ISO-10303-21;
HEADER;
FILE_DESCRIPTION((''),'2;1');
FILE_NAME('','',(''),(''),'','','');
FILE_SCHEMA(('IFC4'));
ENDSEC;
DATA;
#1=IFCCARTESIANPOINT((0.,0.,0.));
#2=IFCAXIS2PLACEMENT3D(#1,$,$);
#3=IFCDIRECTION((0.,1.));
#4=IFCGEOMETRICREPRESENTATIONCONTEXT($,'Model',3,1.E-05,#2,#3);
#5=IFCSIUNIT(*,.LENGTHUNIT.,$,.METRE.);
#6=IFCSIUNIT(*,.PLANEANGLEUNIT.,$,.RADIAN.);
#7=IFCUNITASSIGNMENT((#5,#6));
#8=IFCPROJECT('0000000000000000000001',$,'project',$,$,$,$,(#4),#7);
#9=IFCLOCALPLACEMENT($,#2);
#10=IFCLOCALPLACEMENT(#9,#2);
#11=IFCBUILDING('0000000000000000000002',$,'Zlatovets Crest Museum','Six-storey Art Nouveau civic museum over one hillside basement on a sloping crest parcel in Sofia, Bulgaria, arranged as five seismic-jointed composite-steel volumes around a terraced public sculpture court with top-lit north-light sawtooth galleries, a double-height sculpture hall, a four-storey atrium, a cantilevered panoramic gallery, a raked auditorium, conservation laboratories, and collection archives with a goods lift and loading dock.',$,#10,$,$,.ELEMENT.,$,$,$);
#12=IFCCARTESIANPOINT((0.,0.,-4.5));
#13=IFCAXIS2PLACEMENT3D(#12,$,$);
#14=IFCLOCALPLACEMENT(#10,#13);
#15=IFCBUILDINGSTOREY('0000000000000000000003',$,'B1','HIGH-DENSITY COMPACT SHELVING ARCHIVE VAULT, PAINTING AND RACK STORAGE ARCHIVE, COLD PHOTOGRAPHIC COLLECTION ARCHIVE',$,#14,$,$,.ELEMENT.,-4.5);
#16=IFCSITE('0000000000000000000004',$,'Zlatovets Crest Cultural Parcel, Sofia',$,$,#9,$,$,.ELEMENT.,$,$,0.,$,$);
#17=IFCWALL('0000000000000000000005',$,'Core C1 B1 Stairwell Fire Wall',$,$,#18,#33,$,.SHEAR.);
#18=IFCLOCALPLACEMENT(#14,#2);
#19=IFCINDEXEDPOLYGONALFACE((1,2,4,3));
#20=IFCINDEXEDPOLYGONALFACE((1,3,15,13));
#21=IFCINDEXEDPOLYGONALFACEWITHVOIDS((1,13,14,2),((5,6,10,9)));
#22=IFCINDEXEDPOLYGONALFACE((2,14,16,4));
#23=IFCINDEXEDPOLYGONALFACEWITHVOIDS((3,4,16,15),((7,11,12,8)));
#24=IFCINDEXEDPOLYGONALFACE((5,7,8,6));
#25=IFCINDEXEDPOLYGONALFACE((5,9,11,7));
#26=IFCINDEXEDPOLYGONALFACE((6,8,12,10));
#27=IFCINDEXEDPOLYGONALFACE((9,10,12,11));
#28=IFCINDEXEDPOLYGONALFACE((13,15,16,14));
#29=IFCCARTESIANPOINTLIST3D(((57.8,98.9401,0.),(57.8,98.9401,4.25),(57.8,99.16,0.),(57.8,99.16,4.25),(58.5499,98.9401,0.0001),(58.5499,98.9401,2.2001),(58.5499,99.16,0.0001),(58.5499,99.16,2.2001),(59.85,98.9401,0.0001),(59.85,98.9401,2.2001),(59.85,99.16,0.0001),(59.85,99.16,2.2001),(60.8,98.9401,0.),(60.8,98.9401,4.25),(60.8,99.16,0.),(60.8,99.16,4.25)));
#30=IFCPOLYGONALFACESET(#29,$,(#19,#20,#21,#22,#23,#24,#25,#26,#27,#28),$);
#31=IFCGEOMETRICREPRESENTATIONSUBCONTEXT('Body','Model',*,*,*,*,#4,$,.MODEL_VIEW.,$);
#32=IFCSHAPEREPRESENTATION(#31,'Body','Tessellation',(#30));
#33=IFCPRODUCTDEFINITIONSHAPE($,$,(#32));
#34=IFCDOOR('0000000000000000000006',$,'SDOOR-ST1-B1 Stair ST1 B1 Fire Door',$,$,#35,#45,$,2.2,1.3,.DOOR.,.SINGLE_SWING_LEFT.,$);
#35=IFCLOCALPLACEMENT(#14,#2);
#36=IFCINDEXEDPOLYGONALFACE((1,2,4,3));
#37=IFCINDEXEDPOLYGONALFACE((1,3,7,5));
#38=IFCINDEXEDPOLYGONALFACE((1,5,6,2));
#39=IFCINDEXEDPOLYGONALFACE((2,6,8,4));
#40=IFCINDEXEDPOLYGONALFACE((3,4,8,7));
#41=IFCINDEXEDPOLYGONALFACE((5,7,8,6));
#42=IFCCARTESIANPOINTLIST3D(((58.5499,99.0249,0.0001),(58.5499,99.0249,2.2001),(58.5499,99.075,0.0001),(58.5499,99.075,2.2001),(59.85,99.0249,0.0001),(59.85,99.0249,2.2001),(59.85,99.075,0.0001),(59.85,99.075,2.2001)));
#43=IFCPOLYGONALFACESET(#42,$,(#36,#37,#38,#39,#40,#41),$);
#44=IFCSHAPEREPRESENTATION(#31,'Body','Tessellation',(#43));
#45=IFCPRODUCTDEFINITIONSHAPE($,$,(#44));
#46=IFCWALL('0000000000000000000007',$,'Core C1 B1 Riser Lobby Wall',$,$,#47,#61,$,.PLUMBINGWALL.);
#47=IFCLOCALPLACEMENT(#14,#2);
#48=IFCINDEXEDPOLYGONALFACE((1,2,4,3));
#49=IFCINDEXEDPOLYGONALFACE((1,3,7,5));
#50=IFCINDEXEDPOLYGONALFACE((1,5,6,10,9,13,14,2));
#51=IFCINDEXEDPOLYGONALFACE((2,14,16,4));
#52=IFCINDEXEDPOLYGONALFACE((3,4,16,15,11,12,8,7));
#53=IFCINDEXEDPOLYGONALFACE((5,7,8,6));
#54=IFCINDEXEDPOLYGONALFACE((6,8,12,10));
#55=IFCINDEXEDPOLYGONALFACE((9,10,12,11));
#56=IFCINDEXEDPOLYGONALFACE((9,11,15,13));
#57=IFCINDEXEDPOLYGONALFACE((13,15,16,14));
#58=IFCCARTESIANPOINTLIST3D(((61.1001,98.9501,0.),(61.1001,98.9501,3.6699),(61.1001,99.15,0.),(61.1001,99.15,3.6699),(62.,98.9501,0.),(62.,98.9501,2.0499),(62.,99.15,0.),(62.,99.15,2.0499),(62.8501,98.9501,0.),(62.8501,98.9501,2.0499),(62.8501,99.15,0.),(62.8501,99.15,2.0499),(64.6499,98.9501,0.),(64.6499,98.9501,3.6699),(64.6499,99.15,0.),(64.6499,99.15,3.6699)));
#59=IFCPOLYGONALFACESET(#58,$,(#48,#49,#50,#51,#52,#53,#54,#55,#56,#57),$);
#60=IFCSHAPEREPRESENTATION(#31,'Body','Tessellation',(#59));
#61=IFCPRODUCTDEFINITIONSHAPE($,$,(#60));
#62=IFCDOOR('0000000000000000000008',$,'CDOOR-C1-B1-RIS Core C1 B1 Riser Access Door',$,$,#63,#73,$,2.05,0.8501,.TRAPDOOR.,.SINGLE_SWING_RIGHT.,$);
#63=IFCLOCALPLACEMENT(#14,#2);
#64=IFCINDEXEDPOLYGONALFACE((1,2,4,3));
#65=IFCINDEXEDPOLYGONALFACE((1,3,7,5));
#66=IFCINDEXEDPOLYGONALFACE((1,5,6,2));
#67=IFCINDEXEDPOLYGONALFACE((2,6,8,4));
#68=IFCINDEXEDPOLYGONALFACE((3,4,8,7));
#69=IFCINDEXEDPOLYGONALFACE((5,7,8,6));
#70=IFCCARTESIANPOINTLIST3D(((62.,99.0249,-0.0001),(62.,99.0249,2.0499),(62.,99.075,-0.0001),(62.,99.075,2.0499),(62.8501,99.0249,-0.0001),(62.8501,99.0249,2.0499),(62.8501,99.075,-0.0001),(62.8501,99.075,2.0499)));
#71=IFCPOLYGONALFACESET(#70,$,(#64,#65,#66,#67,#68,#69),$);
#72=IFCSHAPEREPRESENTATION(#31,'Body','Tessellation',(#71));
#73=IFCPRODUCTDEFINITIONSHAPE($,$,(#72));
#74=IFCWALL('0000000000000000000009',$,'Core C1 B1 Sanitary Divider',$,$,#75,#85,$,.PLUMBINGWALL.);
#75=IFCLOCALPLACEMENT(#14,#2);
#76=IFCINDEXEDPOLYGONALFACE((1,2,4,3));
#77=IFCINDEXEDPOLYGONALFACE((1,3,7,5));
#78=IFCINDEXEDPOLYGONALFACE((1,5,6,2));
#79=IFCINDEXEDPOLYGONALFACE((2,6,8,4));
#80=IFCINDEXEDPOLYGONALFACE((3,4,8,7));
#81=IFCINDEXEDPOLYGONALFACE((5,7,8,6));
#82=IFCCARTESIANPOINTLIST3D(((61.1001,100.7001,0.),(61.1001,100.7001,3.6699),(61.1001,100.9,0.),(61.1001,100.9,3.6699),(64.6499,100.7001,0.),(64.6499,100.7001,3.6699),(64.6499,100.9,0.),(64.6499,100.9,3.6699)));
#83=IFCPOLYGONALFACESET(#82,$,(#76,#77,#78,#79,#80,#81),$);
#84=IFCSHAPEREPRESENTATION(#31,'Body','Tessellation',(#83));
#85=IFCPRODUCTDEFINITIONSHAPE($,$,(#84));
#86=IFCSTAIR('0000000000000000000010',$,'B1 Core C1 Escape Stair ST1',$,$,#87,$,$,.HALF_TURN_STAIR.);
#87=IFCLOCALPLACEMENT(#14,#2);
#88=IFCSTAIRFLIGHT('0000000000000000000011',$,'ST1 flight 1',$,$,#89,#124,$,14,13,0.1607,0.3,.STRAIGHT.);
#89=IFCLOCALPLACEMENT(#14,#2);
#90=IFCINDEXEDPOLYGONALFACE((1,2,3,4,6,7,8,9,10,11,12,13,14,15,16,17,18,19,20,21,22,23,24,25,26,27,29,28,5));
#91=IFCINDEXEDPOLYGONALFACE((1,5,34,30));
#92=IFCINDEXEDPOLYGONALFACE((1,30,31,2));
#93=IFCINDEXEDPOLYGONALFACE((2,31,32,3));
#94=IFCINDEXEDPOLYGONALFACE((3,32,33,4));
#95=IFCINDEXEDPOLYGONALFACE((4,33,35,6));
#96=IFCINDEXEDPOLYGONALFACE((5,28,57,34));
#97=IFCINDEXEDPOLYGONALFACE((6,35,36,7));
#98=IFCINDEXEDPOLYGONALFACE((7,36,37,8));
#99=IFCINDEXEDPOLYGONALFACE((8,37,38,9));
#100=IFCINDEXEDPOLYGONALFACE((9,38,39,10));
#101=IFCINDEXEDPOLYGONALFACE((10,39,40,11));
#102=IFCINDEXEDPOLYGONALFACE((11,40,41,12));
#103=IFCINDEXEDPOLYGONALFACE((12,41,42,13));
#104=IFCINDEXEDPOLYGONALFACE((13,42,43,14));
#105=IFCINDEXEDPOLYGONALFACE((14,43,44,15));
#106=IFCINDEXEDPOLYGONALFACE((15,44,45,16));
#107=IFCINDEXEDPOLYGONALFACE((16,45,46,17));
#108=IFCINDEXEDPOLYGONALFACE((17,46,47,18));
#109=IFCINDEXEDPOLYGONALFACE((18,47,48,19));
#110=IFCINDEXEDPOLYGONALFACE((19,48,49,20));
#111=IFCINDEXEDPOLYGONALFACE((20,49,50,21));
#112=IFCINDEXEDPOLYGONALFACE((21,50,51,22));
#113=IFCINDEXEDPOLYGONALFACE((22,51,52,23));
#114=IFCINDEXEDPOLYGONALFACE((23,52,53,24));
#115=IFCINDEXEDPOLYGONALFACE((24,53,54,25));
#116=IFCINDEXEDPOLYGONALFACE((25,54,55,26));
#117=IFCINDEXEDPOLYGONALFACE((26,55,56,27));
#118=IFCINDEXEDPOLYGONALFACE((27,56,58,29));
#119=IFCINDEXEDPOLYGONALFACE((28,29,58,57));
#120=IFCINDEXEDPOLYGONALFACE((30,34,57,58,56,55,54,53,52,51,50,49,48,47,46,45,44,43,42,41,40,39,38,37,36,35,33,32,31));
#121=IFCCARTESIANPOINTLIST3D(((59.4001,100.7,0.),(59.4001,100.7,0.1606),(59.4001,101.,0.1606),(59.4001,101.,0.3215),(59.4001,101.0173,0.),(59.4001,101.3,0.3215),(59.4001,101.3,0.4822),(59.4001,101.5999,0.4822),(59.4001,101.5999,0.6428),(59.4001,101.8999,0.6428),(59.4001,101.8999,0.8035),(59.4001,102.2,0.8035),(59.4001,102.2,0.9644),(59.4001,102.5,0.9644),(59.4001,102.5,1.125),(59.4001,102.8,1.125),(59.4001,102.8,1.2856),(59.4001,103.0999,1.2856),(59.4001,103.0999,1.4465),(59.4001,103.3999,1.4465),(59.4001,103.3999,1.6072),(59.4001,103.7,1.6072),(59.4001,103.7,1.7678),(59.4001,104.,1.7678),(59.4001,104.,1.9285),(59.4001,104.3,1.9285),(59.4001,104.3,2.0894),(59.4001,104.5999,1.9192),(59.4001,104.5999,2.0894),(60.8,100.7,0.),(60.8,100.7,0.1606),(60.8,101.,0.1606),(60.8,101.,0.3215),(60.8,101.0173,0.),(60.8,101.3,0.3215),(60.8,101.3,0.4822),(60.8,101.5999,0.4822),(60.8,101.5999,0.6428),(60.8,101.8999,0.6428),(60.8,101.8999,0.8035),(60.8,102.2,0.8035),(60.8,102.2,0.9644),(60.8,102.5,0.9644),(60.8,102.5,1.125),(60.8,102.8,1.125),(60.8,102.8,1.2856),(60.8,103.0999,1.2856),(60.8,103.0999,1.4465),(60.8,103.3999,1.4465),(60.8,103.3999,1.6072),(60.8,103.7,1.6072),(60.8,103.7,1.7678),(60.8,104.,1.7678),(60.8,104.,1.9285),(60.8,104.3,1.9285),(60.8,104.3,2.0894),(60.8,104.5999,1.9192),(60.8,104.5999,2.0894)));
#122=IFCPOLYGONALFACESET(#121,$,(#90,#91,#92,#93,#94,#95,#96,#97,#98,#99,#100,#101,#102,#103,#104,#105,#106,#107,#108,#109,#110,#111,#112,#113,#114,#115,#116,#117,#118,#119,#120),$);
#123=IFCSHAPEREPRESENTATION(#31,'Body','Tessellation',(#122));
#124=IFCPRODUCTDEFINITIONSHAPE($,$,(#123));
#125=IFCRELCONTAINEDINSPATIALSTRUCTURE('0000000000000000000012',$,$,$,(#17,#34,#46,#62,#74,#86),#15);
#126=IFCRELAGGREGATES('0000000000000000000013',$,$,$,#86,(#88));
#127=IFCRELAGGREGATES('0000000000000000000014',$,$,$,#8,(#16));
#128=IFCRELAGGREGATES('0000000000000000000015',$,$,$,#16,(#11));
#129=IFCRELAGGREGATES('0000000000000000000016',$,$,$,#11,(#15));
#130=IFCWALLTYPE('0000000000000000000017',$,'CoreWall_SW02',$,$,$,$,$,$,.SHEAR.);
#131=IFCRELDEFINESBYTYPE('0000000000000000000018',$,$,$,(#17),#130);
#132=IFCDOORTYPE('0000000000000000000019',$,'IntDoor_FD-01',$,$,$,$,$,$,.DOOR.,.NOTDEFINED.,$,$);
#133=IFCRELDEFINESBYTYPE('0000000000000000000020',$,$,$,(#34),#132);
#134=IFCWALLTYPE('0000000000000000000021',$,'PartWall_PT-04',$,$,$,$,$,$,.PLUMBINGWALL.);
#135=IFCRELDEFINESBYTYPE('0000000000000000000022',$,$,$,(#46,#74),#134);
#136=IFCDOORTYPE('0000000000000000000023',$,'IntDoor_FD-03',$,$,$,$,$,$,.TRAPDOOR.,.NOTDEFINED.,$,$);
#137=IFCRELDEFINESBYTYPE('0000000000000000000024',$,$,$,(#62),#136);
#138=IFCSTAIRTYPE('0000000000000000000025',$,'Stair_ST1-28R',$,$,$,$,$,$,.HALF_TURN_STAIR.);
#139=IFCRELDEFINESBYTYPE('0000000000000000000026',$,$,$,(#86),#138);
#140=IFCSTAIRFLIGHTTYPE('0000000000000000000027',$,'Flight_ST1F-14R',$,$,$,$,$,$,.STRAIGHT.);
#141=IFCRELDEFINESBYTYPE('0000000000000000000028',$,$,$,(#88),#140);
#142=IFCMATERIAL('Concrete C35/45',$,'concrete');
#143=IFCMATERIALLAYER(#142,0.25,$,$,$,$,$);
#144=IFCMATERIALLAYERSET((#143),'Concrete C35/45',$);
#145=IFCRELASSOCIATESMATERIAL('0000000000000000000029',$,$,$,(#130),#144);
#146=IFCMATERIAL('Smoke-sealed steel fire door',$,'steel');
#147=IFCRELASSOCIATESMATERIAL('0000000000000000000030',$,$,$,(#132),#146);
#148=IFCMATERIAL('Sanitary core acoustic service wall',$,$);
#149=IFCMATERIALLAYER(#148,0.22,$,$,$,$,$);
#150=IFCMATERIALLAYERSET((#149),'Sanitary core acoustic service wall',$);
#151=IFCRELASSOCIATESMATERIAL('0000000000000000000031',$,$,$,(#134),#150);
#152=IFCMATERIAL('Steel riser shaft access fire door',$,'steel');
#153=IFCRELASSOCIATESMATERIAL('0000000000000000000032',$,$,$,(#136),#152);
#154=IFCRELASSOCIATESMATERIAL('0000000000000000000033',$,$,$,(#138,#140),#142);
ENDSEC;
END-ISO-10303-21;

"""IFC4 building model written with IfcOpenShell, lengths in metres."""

from ifc_helpers import new_model, si_unit, direction, frame, frame_2d, origin, place, context, subcontext, project, spatial, polyline, rectangle, outline, extrude, material, layer, layer_set, type_object, element, fill, aggregate, save


model = new_model("IFC4")

# Units and contexts
model_context = context("Model", 3, precision=1e-05, world=origin(), true_north=direction((0.0, 1.0)))
body_context = subcontext(model_context, "Body", "Model", "MODEL_VIEW")
ifc_project = project(units=[si_unit("LENGTHUNIT", "METRE"), si_unit("PLANEANGLEUNIT", "RADIAN")], contexts=[model_context])

# Site, building, storey
site_placement = place(None, origin())
site = spatial("IfcSite", under=ifc_project, at=site_placement, Name="Zlatovets Crest Cultural Parcel, Sofia", CompositionType="ELEMENT", RefElevation=0.0)
building_placement = place(site_placement, origin())
building = spatial("IfcBuilding", under=site, at=building_placement, Name="Zlatovets Crest Museum", Description="Six-storey Art Nouveau civic museum over one hillside basement on a sloping crest parcel in Sofia, Bulgaria, arranged as five seismic-jointed composite-steel volumes around a terraced public sculpture court with top-lit north-light sawtooth galleries, a double-height sculpture hall, a four-storey atrium, a cantilevered panoramic gallery, a raked auditorium, conservation laboratories, and collection archives with a goods lift and loading dock.", CompositionType="ELEMENT")
storey_placement = place(building_placement, frame((0.0, 0.0, -4.5)))
storey = spatial("IfcBuildingStorey", under=building, at=storey_placement, Name="B1", Description="HIGH-DENSITY COMPACT SHELVING ARCHIVE VAULT, PAINTING AND RACK STORAGE ARCHIVE, COLD PHOTOGRAPHIC COLLECTION ARCHIVE", CompositionType="ELEMENT", Elevation=-4.5)

# Shared definitions
ifc_material_1 = material(Name="Concrete C35/45", Category="concrete")

# Walls, openings, doors
ifc_layer_1 = layer(ifc_material_1, 0.25)
ifc_layer_set_1 = layer_set([ifc_layer_1], Name="Concrete C35/45")
wall_type_1 = type_object("IfcWallType", Name="CoreWall_SW02", PredefinedType="SHEAR", material=ifc_layer_set_1)
wall_1_placement = place(storey_placement, frame((57.8, 99.05, 0.0), z_axis=(0.0, 0.0, 1.0), x_axis=(1.0, 0.0, 0.0)))
wall_1 = element("IfcWall", 1, at=wall_1_placement, inside=storey, type_object=wall_type_1, Name="Core C1 B1 Stairwell Fire Wall", PredefinedType="SHEAR", context=body_context, shape_type="SweptSolid", body=[
    extrude(rectangle(XDim=3.0, YDim=0.22, at=frame_2d((1.5, 0.0))), origin(), (0.0, 0.0, 1.0), 4.25),
])
opening_1_placement = place(wall_1_placement, frame((0.75, 0.0, 0.0)))
opening_1 = element("IfcOpeningElement", 2, at=opening_1_placement, cuts=wall_1, PredefinedType="OPENING", context=body_context, shape_type="SweptSolid", body=[
    extrude(rectangle(XDim=1.3, YDim=2.2, at=frame_2d((0.6499, 1.1001))), frame((0.0, 0.1201, 0.0), z_axis=(0.0, -1.0, 0.0), x_axis=(1.0, 0.0, 0.0)), (0.0, 0.0, 1.0), 0.24),
])
ifc_material_2 = material(Name="Smoke-sealed steel fire door", Category="steel")
door_type_1 = type_object("IfcDoorType", Name="IntDoor_FD-01", OperationType="NOTDEFINED", PredefinedType="DOOR", material=ifc_material_2)
door_1_placement = place(opening_1_placement, origin())
door_1 = element("IfcDoor", 3, at=door_1_placement, inside=storey, type_object=door_type_1, Name="SDOOR-ST1-B1 Stair ST1 B1 Fire Door", OperationType="SINGLE_SWING_LEFT", OverallHeight=2.2, OverallWidth=1.3, PredefinedType="DOOR", context=body_context, shape_type="SweptSolid", body=[
    extrude(rectangle(XDim=1.3, YDim=2.2, at=frame_2d((0.6499, 1.1001))), frame((0.0, 0.0249, 0.0), z_axis=(0.0, -1.0, 0.0), x_axis=(1.0, 0.0, 0.0)), (0.0, 0.0, 1.0), 0.05),
])
fill(opening_1, door_1)
ifc_material_3 = material(Name="Sanitary core acoustic service wall")
ifc_layer_2 = layer(ifc_material_3, 0.22)
ifc_layer_set_2 = layer_set([ifc_layer_2], Name="Sanitary core acoustic service wall")
wall_type_2 = type_object("IfcWallType", Name="PartWall_PT-04", PredefinedType="PLUMBINGWALL", material=ifc_layer_set_2)
wall_2_placement = place(storey_placement, frame((61.1001, 99.05, 0.0), z_axis=(0.0, 0.0, 1.0), x_axis=(1.0, 0.0, 0.0)))
wall_2 = element("IfcWall", 4, at=wall_2_placement, inside=storey, type_object=wall_type_2, Name="Core C1 B1 Riser Lobby Wall", PredefinedType="PLUMBINGWALL", context=body_context, shape_type="SweptSolid", body=[
    extrude(rectangle(XDim=3.5498, YDim=0.2, at=frame_2d((1.7749, 0.0))), origin(), (0.0, 0.0, 1.0), 3.6699),
])
opening_2_placement = place(wall_2_placement, frame((0.8999, 0.0, 0.0)))
opening_2 = element("IfcOpeningElement", 5, at=opening_2_placement, cuts=wall_2, PredefinedType="OPENING", context=body_context, shape_type="SweptSolid", body=[
    extrude(rectangle(XDim=0.8501, YDim=2.05, at=frame_2d((0.425, 1.0249))), frame((0.0, 0.1099, 0.0), z_axis=(0.0, -1.0, 0.0), x_axis=(1.0, 0.0, 0.0)), (0.0, 0.0, 1.0), 0.22),
])
ifc_material_4 = material(Name="Steel riser shaft access fire door", Category="steel")
door_type_2 = type_object("IfcDoorType", Name="IntDoor_FD-03", OperationType="NOTDEFINED", PredefinedType="TRAPDOOR", material=ifc_material_4)
door_2_placement = place(opening_2_placement, origin())
door_2 = element("IfcDoor", 6, at=door_2_placement, inside=storey, type_object=door_type_2, Name="CDOOR-C1-B1-RIS Core C1 B1 Riser Access Door", OperationType="SINGLE_SWING_RIGHT", OverallHeight=2.05, OverallWidth=0.8501, PredefinedType="TRAPDOOR", context=body_context, shape_type="SweptSolid", body=[
    extrude(rectangle(XDim=0.8501, YDim=2.05, at=frame_2d((0.425, 1.0249))), frame((0.0, 0.0249, 0.0), z_axis=(0.0, -1.0, 0.0), x_axis=(1.0, 0.0, 0.0)), (0.0, 0.0, 1.0), 0.05),
])
fill(opening_2, door_2)

# Wall
wall_3_placement = place(storey_placement, frame((61.1001, 100.8, 0.0), z_axis=(0.0, 0.0, 1.0), x_axis=(1.0, 0.0, 0.0)))
element("IfcWall", 7, at=wall_3_placement, inside=storey, type_object=wall_type_2, Name="Core C1 B1 Sanitary Divider", PredefinedType="PLUMBINGWALL", context=body_context, shape_type="SweptSolid", body=[
    extrude(rectangle(XDim=3.5498, YDim=0.2, at=frame_2d((1.7749, 0.0))), origin(), (0.0, 0.0, 1.0), 3.6699),
])

# Stair, stair flight
stair_type = type_object("IfcStairType", Name="Stair_ST1-28R", PredefinedType="HALF_TURN_STAIR", material=ifc_material_1)
stair_placement = place(storey_placement, origin())
stair = element("IfcStair", 8, at=stair_placement, inside=storey, type_object=stair_type, Name="B1 Core C1 Escape Stair ST1", PredefinedType="HALF_TURN_STAIR")
stair_flight_type = type_object("IfcStairFlightType", Name="Flight_ST1F-14R", PredefinedType="STRAIGHT", material=ifc_material_1)
stair_flight_placement = place(storey_placement, frame((60.1001, 100.7, 0.0), z_axis=(0.0, 0.0, 1.0), x_axis=(0.0, 1.0, 0.0)))
stair_flight = element("IfcStairFlight", 9, at=stair_flight_placement, type_object=stair_flight_type, Name="ST1 flight 1", NumberOfRisers=14, NumberOfTreads=13, PredefinedType="STRAIGHT", RiserHeight=0.1607, TreadLength=0.3, context=body_context, shape_type="SweptSolid", body=[
    extrude(outline(polyline([(0.0, 0.0), (0.0, 0.1606), (0.3, 0.1606), (0.3, 0.3215), (0.6001, 0.3215), (0.6001, 0.4822), (0.8999, 0.4822), (0.8999, 0.6428), (1.2, 0.6428), (1.2, 0.8035), (1.5, 0.8035), (1.5, 0.9644), (1.8, 0.9644), (1.8, 1.125), (2.1001, 1.125), (2.1001, 1.2856), (2.3999, 1.2856), (2.3999, 1.4465), (2.7, 1.4465), (2.7, 1.6072), (3.0, 1.6072), (3.0, 1.7678), (3.3, 1.7678), (3.3, 1.9285), (3.6001, 1.9285), (3.6001, 2.0894), (3.8999, 2.0894), (3.8999, 2.25), (3.8999, 1.9192), (0.3174, 0.0), (0.0, 0.0)])), frame((0.0, 0.7, 0.0), z_axis=(0.0, -1.0, 0.0), x_axis=(1.0, 0.0, 0.0)), (0.0, 0.0, 1.0), 1.3999),
])
aggregate(stair, [stair_flight])

save(model, "model.ifc")
